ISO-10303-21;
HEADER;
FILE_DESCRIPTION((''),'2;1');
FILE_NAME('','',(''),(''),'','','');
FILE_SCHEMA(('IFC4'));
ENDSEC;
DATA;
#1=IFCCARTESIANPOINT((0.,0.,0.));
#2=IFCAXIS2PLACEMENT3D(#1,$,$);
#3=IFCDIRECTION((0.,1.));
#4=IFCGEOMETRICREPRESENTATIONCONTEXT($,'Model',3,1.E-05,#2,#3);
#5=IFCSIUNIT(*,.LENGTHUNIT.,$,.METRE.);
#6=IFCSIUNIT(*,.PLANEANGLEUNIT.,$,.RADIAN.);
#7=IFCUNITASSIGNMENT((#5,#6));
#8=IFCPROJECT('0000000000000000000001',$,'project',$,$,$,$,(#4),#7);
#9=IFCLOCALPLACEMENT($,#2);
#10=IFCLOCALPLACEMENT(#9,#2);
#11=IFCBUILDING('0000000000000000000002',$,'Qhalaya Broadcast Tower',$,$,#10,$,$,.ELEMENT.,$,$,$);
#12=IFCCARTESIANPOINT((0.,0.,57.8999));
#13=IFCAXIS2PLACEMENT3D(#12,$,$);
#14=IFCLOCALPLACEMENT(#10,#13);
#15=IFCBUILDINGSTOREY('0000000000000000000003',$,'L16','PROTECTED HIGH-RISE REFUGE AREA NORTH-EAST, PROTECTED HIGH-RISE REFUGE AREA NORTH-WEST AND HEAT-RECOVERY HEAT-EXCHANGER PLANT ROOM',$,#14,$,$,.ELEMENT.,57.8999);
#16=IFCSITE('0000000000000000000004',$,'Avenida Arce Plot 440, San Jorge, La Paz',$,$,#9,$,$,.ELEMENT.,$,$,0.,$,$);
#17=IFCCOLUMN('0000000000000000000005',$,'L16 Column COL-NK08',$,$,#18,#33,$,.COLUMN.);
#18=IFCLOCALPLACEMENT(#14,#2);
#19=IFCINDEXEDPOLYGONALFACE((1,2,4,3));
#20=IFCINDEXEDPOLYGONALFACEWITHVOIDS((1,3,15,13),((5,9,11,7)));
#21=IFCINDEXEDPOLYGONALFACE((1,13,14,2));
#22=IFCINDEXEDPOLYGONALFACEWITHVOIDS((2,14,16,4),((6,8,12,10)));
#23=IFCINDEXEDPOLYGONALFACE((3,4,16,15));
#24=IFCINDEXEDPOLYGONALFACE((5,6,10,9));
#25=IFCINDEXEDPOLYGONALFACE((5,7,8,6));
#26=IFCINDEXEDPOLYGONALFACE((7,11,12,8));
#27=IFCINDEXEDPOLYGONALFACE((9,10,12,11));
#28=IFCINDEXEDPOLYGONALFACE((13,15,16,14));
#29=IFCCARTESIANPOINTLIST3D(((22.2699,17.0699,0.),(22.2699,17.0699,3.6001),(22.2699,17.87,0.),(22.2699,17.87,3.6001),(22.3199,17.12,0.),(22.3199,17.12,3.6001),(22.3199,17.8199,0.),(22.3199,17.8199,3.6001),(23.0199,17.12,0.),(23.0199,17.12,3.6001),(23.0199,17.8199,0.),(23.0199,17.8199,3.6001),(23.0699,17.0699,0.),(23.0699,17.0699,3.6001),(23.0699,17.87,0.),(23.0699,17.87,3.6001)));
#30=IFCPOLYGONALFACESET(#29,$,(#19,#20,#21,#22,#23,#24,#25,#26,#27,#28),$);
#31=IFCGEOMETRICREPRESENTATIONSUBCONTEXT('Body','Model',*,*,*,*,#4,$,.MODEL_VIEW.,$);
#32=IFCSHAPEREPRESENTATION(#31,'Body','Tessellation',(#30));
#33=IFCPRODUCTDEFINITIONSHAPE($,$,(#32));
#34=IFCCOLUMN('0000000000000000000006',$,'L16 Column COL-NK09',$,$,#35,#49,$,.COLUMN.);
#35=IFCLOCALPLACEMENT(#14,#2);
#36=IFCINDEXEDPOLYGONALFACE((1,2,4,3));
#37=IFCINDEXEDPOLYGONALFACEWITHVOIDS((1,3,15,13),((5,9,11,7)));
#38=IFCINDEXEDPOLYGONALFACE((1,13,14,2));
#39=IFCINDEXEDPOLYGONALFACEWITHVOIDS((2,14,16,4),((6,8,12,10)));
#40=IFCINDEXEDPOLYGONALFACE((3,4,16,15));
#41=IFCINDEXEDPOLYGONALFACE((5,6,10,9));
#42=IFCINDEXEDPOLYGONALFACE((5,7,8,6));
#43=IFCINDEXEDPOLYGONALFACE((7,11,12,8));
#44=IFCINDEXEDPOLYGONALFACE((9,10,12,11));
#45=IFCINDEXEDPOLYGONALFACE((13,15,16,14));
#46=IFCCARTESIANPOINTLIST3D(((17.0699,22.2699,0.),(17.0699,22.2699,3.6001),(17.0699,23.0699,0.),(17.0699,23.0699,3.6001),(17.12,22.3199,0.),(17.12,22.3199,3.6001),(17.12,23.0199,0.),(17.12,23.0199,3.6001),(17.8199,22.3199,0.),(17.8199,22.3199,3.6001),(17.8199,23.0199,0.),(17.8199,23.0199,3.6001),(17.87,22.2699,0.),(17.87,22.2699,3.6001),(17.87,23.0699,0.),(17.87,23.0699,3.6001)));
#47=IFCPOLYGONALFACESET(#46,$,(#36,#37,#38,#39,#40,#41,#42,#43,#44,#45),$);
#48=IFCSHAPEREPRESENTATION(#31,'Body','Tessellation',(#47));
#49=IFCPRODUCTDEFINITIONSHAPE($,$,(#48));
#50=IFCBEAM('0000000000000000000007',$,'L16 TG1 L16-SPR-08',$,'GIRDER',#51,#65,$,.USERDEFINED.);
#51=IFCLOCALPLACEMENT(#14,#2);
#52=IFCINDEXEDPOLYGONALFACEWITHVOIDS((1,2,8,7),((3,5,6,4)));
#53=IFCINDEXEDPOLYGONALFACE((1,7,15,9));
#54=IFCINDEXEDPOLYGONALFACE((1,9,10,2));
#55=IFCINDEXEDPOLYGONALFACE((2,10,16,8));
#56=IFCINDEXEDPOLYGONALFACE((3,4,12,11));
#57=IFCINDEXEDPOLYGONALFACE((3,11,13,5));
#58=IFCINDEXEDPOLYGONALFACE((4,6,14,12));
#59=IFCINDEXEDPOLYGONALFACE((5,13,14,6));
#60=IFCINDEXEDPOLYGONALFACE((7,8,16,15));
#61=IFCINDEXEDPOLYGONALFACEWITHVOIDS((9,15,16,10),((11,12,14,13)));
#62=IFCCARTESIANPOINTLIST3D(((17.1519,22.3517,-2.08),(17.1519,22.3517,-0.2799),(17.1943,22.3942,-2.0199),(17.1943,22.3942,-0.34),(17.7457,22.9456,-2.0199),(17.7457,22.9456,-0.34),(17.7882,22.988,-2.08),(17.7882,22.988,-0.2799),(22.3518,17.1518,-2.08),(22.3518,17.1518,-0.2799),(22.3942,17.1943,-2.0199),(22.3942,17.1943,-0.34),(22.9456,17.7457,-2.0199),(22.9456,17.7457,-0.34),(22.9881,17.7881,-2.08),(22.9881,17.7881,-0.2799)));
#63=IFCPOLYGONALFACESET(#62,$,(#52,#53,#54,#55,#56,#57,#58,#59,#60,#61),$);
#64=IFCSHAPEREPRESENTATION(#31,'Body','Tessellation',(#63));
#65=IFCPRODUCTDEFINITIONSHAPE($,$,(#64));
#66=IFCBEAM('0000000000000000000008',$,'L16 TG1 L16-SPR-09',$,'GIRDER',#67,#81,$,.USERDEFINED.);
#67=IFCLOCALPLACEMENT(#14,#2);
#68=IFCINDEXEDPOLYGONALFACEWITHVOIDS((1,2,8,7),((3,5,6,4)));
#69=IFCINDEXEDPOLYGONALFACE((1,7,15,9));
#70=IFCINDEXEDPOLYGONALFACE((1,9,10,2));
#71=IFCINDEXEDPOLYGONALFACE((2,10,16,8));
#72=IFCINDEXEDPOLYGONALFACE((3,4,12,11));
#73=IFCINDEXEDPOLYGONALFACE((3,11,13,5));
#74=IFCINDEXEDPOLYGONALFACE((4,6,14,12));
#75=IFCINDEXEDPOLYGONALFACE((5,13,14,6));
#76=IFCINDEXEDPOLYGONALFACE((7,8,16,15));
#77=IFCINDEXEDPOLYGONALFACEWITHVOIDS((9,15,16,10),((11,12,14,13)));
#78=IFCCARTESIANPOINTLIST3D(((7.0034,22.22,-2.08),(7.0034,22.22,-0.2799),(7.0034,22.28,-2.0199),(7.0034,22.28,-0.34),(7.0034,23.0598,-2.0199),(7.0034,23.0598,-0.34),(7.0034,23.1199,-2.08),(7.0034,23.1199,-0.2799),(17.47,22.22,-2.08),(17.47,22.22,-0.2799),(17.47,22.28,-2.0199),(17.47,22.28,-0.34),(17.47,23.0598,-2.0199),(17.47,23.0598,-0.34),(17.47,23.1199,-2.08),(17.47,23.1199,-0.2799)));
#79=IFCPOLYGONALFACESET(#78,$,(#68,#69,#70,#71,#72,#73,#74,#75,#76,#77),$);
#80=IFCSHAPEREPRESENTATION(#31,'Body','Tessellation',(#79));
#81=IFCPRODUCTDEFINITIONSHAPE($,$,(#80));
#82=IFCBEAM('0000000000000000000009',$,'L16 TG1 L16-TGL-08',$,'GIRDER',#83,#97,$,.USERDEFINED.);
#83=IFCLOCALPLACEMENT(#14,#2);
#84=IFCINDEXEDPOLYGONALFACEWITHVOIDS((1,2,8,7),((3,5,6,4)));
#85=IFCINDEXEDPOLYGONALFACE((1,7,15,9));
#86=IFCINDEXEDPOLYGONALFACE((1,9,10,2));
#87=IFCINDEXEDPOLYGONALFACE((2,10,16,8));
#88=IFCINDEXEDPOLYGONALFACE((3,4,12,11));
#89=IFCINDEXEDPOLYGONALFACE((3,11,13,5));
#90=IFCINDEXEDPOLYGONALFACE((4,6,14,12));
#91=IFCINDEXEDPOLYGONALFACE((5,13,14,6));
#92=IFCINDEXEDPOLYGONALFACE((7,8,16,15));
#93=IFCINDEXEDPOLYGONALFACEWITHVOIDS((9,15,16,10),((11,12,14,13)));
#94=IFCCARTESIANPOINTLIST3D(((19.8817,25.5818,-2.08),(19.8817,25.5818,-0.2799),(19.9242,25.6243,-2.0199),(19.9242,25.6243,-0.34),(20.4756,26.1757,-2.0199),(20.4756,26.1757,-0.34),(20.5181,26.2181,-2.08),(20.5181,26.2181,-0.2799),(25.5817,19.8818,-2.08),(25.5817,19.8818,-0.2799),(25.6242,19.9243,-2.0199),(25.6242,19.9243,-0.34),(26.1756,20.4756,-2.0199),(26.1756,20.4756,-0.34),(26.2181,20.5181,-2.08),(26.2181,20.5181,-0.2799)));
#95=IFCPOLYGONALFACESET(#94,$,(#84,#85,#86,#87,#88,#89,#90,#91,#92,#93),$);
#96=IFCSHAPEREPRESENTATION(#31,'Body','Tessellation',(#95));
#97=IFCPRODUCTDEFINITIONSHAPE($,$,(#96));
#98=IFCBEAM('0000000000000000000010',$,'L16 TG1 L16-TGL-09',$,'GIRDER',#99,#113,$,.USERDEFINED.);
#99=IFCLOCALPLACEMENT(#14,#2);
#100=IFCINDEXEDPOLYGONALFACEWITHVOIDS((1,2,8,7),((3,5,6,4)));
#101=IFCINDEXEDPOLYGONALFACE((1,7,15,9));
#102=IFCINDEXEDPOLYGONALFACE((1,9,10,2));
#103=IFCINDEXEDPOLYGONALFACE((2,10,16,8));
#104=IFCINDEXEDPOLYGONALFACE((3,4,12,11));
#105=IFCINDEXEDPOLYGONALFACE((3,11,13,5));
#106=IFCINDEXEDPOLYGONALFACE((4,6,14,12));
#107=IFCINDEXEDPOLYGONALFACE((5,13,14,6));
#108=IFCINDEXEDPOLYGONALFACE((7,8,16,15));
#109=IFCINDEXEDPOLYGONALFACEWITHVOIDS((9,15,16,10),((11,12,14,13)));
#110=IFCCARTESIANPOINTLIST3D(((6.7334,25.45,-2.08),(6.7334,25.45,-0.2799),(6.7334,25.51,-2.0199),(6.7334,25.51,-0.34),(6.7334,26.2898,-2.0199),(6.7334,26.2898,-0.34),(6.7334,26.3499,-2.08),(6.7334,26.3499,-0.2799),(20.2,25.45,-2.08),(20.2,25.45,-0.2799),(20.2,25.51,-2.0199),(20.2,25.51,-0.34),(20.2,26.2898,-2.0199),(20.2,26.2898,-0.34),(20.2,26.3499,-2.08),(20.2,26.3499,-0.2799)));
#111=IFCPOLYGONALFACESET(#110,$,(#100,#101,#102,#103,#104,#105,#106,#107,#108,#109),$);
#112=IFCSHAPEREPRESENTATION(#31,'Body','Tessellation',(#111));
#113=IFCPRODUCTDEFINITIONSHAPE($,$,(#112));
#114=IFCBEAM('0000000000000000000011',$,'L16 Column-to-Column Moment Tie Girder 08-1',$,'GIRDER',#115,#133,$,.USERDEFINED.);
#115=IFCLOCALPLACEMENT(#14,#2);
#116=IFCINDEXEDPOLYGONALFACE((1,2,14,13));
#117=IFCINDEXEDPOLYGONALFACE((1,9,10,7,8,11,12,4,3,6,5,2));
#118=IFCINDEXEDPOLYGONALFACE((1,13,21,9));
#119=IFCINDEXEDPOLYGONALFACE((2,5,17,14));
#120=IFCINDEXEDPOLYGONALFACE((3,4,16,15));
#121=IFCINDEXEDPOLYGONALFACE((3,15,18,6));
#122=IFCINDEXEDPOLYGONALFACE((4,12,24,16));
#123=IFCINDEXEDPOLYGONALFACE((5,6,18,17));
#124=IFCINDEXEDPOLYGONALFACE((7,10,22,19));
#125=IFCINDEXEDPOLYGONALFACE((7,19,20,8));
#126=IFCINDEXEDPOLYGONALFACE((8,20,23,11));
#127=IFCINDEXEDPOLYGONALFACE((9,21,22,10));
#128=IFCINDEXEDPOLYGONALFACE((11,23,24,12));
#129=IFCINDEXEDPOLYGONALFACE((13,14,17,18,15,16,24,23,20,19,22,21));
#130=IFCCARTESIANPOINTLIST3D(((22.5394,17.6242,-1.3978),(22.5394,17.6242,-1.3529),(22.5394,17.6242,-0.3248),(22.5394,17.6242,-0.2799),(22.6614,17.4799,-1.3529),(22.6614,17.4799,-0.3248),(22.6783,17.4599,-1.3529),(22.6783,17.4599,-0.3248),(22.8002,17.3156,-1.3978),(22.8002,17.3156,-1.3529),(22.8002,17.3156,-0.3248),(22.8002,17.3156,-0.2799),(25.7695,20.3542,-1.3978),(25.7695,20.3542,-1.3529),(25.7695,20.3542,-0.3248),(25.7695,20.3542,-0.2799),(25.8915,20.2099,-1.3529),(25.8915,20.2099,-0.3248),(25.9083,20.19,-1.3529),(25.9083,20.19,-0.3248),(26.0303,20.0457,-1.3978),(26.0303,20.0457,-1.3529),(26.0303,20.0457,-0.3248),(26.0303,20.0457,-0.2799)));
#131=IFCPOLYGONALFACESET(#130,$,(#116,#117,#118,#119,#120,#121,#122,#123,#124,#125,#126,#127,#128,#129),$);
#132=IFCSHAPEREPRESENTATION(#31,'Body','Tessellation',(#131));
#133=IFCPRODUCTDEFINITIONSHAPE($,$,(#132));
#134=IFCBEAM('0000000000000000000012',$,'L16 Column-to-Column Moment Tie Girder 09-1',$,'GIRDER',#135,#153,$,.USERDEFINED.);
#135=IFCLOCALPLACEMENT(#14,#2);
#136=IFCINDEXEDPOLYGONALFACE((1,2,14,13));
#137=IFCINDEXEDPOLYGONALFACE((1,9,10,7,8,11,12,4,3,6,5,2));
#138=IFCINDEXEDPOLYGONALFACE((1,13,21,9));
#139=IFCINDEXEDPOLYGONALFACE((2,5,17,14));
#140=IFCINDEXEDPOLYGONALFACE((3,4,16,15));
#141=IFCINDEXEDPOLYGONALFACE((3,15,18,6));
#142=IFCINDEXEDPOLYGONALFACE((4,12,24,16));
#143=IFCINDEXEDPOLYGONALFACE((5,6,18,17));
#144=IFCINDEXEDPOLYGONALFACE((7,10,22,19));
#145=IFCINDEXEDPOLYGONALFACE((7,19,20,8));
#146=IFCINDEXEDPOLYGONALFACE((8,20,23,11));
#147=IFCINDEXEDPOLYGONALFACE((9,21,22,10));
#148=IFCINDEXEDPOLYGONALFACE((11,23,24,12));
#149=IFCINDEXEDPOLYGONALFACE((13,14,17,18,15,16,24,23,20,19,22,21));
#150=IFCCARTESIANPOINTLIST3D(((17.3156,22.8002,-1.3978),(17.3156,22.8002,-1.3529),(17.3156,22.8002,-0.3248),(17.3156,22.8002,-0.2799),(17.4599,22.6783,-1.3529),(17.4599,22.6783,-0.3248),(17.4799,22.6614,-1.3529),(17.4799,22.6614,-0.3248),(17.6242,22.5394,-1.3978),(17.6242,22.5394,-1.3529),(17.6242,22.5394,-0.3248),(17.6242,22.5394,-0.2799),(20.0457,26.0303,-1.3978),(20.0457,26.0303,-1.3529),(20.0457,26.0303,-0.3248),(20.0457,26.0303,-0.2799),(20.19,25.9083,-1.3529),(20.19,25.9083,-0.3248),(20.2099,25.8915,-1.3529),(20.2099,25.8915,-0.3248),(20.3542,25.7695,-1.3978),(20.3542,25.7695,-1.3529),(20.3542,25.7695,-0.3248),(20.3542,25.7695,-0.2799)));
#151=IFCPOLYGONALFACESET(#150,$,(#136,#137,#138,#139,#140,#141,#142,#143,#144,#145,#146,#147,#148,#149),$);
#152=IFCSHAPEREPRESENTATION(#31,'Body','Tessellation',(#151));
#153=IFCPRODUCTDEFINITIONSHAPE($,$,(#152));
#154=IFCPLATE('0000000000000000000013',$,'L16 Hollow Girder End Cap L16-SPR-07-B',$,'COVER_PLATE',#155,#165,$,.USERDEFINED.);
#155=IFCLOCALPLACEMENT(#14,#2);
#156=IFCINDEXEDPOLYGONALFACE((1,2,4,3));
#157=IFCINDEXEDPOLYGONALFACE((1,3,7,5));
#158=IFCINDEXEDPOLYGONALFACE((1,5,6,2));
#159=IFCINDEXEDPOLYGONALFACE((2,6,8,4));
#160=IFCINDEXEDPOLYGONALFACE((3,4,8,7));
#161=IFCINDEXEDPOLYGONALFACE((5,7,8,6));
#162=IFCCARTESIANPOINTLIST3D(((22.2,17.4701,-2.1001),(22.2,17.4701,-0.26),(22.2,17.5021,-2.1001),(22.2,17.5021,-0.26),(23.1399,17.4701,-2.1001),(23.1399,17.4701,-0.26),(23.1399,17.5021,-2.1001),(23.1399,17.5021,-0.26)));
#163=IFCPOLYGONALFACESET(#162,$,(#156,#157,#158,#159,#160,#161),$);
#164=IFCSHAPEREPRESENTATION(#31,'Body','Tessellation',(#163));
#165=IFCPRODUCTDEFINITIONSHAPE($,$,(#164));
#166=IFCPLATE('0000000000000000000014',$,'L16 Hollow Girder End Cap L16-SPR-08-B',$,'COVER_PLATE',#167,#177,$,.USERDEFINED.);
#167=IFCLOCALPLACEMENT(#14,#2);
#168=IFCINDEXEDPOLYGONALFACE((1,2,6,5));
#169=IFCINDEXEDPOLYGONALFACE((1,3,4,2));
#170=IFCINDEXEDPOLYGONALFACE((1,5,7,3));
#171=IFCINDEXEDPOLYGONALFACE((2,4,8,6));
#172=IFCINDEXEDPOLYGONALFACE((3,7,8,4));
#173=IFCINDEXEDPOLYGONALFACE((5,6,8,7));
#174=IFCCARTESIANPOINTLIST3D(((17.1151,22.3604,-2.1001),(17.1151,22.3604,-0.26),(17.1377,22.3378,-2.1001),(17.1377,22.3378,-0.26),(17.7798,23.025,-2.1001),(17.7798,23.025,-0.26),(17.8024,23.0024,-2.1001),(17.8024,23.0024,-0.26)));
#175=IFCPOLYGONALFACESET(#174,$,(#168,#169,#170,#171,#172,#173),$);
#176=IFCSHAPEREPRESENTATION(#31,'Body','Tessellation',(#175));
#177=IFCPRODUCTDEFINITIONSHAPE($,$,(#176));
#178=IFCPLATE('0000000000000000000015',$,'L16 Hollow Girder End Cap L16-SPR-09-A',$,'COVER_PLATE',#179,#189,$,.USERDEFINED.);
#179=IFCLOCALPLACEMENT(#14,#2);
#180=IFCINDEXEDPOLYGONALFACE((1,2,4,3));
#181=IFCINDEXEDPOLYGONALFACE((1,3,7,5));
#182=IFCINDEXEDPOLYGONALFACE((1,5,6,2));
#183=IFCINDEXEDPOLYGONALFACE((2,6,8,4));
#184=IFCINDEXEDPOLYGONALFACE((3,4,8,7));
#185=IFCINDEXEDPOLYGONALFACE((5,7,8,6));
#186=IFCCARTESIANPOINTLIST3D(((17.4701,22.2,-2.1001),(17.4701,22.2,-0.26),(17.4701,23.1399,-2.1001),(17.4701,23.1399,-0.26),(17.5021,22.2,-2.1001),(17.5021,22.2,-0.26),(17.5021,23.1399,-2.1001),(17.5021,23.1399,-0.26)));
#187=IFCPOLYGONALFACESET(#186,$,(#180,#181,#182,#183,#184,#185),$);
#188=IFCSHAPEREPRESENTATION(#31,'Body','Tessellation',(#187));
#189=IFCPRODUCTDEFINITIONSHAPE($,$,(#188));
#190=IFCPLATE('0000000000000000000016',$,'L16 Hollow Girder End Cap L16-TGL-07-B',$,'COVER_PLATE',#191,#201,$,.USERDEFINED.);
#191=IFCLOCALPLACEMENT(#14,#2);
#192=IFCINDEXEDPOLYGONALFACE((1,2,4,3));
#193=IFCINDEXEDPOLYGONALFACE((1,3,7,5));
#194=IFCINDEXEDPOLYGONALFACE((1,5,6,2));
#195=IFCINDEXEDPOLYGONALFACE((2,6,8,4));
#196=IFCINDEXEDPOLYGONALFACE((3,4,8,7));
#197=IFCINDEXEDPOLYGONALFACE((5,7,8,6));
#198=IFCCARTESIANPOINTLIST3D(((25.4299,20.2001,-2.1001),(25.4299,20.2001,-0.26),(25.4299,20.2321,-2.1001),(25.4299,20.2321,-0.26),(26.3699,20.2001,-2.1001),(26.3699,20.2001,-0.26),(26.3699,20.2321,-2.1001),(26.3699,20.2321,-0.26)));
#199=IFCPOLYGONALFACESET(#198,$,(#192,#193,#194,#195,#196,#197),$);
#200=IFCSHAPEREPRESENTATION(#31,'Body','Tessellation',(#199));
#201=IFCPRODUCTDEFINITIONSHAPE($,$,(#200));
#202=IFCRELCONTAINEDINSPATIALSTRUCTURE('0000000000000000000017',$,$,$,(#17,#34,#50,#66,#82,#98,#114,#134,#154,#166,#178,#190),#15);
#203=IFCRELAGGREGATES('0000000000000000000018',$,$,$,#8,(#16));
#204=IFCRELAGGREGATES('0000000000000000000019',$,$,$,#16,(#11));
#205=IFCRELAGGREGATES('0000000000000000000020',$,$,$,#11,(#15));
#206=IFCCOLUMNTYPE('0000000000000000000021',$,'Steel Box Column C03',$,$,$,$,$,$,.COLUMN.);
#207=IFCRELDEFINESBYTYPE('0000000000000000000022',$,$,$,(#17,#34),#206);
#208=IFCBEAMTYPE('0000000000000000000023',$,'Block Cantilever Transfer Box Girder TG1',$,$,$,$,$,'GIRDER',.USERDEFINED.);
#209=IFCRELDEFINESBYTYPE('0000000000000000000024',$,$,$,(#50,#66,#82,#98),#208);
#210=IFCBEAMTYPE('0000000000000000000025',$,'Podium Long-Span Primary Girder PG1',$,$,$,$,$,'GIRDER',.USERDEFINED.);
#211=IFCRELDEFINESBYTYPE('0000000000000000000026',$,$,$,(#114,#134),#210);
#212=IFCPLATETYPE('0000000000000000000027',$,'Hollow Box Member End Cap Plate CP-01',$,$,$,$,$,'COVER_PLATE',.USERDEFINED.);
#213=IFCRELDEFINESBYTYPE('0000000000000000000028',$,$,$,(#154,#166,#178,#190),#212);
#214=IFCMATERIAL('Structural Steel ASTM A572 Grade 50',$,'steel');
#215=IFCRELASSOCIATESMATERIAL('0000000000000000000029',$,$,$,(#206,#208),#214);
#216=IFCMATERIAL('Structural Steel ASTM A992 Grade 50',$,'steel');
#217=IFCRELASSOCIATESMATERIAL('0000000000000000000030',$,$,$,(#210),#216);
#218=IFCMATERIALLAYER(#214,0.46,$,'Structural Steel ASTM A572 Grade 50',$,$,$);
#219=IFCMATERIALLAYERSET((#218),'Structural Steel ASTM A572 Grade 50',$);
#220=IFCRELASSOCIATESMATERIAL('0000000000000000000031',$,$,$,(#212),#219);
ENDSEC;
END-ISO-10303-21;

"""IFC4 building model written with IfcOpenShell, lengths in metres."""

from ifc_helpers import new_model, si_unit, direction, frame, origin, origin_2d, place, context, subcontext, project, spatial, rectangle, hollow_rectangle, i_section, extrude, material, layer, layer_set, material_profile, profile_set, type_object, element, save


model = new_model("IFC4")

# Units and contexts
model_context = context("Model", 3, precision=1e-05, world=origin(), true_north=direction((0.0, 1.0)))
body_context = subcontext(model_context, "Body", "Model", "MODEL_VIEW")
ifc_project = project(units=[si_unit("LENGTHUNIT", "METRE"), si_unit("PLANEANGLEUNIT", "RADIAN")], contexts=[model_context])

# Site, building, storey
site_placement = place(None, origin())
site = spatial("IfcSite", under=ifc_project, at=site_placement, Name="Avenida Arce Plot 440, San Jorge, La Paz", CompositionType="ELEMENT", RefElevation=0.0)
building_placement = place(site_placement, origin())
building = spatial("IfcBuilding", under=site, at=building_placement, Name="Qhalaya Broadcast Tower", CompositionType="ELEMENT")
storey_placement = place(building_placement, frame((0.0, 0.0, 57.8999)))
storey = spatial("IfcBuildingStorey", under=building, at=storey_placement, Name="L16", Description="PROTECTED HIGH-RISE REFUGE AREA NORTH-EAST, PROTECTED HIGH-RISE REFUGE AREA NORTH-WEST AND HEAT-RECOVERY HEAT-EXCHANGER PLANT ROOM", CompositionType="ELEMENT", Elevation=57.8999)

# Columns
ifc_material_1 = material(Name="Structural Steel ASTM A572 Grade 50", Category="steel")
ifc_material_profile_1 = material_profile(ifc_material_1, hollow_rectangle(XDim=0.8, YDim=0.8, WallThickness=0.05, at=origin_2d()), Name="BOX 800x800x50")
ifc_profile_set_1 = profile_set([ifc_material_profile_1], Name="Structural Steel ASTM A572 Grade 50")
column_type = type_object("IfcColumnType", Name="Steel Box Column C03", PredefinedType="COLUMN", material=ifc_profile_set_1)
for number, where, z_axis, x_axis, name in (
    (1, (22.6699, 17.47, 0.0), (0.0, 0.0, 1.0), (0.0, 1.0, 0.0), "L16 Column COL-NK08"),
    (2, (17.47, 22.6699, 0.0), (0.0, 0.0, 1.0), (1.0, 0.0, 0.0), "L16 Column COL-NK09"),
):
    element("IfcColumn", number, at=place(storey_placement, frame(where, z_axis=z_axis, x_axis=x_axis)), inside=storey, type_object=column_type, Name=name, PredefinedType="COLUMN", context=body_context, shape_type="SweptSolid", body=[
        extrude(hollow_rectangle(XDim=0.8, YDim=0.8, WallThickness=0.05, at=origin_2d()), origin(), (0.0, 0.0, 1.0), 3.6001),
    ])

# Beams
ifc_material_profile_2 = material_profile(ifc_material_1, hollow_rectangle(XDim=0.8999, YDim=1.8, WallThickness=0.0601, at=origin_2d()), Name="BOX 900x1800x60")
ifc_profile_set_2 = profile_set([ifc_material_profile_2], Name="Structural Steel ASTM A572 Grade 50")
beam_type_1 = type_object("IfcBeamType", Name="Block Cantilever Transfer Box Girder TG1", ElementType="GIRDER", PredefinedType="USERDEFINED", material=ifc_profile_set_2)
beam_1_placement = place(storey_placement, frame((22.6699, 17.47, -1.1799), z_axis=(-0.707107, 0.707107, 0.0), x_axis=(-0.707107, -0.707107, 0.0)))
element("IfcBeam", 3, at=beam_1_placement, inside=storey, type_object=beam_type_1, Name="L16 TG1 L16-SPR-08", ObjectType="GIRDER", PredefinedType="USERDEFINED", context=body_context, shape_type="SweptSolid", body=[
    extrude(hollow_rectangle(XDim=0.8999, YDim=1.8, WallThickness=0.0601, at=origin_2d()), origin(), (0.0, 0.0, 1.0), 7.3538),
])
beam_2_placement = place(storey_placement, frame((17.47, 22.6699, -1.1799), z_axis=(-1.0, 0.0, 0.0), x_axis=(0.0, -1.0, 0.0)))
element("IfcBeam", 4, at=beam_2_placement, inside=storey, type_object=beam_type_1, Name="L16 TG1 L16-SPR-09", ObjectType="GIRDER", PredefinedType="USERDEFINED", context=body_context, shape_type="SweptSolid", body=[
    extrude(hollow_rectangle(XDim=0.8999, YDim=1.8, WallThickness=0.0601, at=origin_2d()), origin(), (0.0, 0.0, 1.0), 10.4666),
])
beam_3_placement = place(storey_placement, frame((25.8999, 20.2, -1.1799), z_axis=(-0.707107, 0.707107, 0.0), x_axis=(-0.707107, -0.707107, 0.0)))
element("IfcBeam", 5, at=beam_3_placement, inside=storey, type_object=beam_type_1, Name="L16 TG1 L16-TGL-08", ObjectType="GIRDER", PredefinedType="USERDEFINED", context=body_context, shape_type="SweptSolid", body=[
    extrude(hollow_rectangle(XDim=0.8999, YDim=1.8, WallThickness=0.0601, at=origin_2d()), origin(), (0.0, 0.0, 1.0), 8.061),
])
beam_4_placement = place(storey_placement, frame((20.2, 25.8999, -1.1799), z_axis=(-1.0, 0.0, 0.0), x_axis=(0.0, -1.0, 0.0)))
element("IfcBeam", 6, at=beam_4_placement, inside=storey, type_object=beam_type_1, Name="L16 TG1 L16-TGL-09", ObjectType="GIRDER", PredefinedType="USERDEFINED", context=body_context, shape_type="SweptSolid", body=[
    extrude(hollow_rectangle(XDim=0.8999, YDim=1.8, WallThickness=0.0601, at=origin_2d()), origin(), (0.0, 0.0, 1.0), 13.4666),
])
ifc_material_2 = material(Name="Structural Steel ASTM A992 Grade 50", Category="steel")
ifc_material_profile_3 = material_profile(ifc_material_2, i_section(OverallWidth=0.4041, OverallDepth=1.1179, WebThickness=0.0261, FlangeThickness=0.0449, at=origin_2d()), Name="W44X335")
ifc_profile_set_3 = profile_set([ifc_material_profile_3], Name="Structural Steel ASTM A992 Grade 50")
beam_type_2 = type_object("IfcBeamType", Name="Podium Long-Span Primary Girder PG1", ElementType="GIRDER", PredefinedType="USERDEFINED", material=ifc_profile_set_3)
for number, where, z_axis, x_axis, name in (
    (7, (25.8999, 20.2, -0.8389), (-0.763745, -0.645518, 0.0), (0.645518, -0.763745, 0.0), "L16 Column-to-Column Moment Tie Girder 08-1"),
    (8, (20.2, 25.8999, -0.8389), (-0.645518, -0.763745, 0.0), (0.763745, -0.645518, 0.0), "L16 Column-to-Column Moment Tie Girder 09-1"),
):
    element("IfcBeam", number, at=place(storey_placement, frame(where, z_axis=z_axis, x_axis=x_axis)), inside=storey, type_object=beam_type_2, Name=name, ObjectType="GIRDER", PredefinedType="USERDEFINED", context=body_context, shape_type="SweptSolid", body=[
        extrude(i_section(OverallWidth=0.4041, OverallDepth=1.1179, WebThickness=0.0261, FlangeThickness=0.0449, at=origin_2d()), origin(), (0.0, 0.0, 1.0), 4.2292),
    ])

# Plates
ifc_layer_1 = layer(ifc_material_1, 0.46, Name="Structural Steel ASTM A572 Grade 50")
ifc_layer_set_1 = layer_set([ifc_layer_1], Name="Structural Steel ASTM A572 Grade 50")
plate_type_1 = type_object("IfcPlateType", Name="Hollow Box Member End Cap Plate CP-01", ElementType="COVER_PLATE", PredefinedType="USERDEFINED", material=ifc_layer_set_1)
for number, where, z_axis, x_axis, name in (
    (9, (22.6699, 17.4861, -2.1001), (0.0, 0.0, 1.0), (-1.0, 0.0, 0.0), "L16 Hollow Girder End Cap L16-SPR-07-B"),
    (10, (17.4587, 22.6814, -2.1001), (0.0, 0.0, 1.0), (-0.707107, -0.707107, 0.0), "L16 Hollow Girder End Cap L16-SPR-08-B"),
    (11, (17.4861, 22.6699, -2.1001), (0.0, 0.0, 1.0), (0.0, -1.0, 0.0), "L16 Hollow Girder End Cap L16-SPR-09-A"),
    (12, (25.8999, 20.2161, -2.1001), (0.0, 0.0, 1.0), (-1.0, 0.0, 0.0), "L16 Hollow Girder End Cap L16-TGL-07-B"),
):
    element("IfcPlate", number, at=place(storey_placement, frame(where, z_axis=z_axis, x_axis=x_axis)), inside=storey, type_object=plate_type_1, Name=name, ObjectType="COVER_PLATE", PredefinedType="USERDEFINED", context=body_context, shape_type="SweptSolid", body=[
        extrude(rectangle(XDim=0.9399, YDim=0.032, at=origin_2d()), origin(), (0.0, 0.0, 1.0), 1.8401),
    ])

save(model, "model.ifc")
